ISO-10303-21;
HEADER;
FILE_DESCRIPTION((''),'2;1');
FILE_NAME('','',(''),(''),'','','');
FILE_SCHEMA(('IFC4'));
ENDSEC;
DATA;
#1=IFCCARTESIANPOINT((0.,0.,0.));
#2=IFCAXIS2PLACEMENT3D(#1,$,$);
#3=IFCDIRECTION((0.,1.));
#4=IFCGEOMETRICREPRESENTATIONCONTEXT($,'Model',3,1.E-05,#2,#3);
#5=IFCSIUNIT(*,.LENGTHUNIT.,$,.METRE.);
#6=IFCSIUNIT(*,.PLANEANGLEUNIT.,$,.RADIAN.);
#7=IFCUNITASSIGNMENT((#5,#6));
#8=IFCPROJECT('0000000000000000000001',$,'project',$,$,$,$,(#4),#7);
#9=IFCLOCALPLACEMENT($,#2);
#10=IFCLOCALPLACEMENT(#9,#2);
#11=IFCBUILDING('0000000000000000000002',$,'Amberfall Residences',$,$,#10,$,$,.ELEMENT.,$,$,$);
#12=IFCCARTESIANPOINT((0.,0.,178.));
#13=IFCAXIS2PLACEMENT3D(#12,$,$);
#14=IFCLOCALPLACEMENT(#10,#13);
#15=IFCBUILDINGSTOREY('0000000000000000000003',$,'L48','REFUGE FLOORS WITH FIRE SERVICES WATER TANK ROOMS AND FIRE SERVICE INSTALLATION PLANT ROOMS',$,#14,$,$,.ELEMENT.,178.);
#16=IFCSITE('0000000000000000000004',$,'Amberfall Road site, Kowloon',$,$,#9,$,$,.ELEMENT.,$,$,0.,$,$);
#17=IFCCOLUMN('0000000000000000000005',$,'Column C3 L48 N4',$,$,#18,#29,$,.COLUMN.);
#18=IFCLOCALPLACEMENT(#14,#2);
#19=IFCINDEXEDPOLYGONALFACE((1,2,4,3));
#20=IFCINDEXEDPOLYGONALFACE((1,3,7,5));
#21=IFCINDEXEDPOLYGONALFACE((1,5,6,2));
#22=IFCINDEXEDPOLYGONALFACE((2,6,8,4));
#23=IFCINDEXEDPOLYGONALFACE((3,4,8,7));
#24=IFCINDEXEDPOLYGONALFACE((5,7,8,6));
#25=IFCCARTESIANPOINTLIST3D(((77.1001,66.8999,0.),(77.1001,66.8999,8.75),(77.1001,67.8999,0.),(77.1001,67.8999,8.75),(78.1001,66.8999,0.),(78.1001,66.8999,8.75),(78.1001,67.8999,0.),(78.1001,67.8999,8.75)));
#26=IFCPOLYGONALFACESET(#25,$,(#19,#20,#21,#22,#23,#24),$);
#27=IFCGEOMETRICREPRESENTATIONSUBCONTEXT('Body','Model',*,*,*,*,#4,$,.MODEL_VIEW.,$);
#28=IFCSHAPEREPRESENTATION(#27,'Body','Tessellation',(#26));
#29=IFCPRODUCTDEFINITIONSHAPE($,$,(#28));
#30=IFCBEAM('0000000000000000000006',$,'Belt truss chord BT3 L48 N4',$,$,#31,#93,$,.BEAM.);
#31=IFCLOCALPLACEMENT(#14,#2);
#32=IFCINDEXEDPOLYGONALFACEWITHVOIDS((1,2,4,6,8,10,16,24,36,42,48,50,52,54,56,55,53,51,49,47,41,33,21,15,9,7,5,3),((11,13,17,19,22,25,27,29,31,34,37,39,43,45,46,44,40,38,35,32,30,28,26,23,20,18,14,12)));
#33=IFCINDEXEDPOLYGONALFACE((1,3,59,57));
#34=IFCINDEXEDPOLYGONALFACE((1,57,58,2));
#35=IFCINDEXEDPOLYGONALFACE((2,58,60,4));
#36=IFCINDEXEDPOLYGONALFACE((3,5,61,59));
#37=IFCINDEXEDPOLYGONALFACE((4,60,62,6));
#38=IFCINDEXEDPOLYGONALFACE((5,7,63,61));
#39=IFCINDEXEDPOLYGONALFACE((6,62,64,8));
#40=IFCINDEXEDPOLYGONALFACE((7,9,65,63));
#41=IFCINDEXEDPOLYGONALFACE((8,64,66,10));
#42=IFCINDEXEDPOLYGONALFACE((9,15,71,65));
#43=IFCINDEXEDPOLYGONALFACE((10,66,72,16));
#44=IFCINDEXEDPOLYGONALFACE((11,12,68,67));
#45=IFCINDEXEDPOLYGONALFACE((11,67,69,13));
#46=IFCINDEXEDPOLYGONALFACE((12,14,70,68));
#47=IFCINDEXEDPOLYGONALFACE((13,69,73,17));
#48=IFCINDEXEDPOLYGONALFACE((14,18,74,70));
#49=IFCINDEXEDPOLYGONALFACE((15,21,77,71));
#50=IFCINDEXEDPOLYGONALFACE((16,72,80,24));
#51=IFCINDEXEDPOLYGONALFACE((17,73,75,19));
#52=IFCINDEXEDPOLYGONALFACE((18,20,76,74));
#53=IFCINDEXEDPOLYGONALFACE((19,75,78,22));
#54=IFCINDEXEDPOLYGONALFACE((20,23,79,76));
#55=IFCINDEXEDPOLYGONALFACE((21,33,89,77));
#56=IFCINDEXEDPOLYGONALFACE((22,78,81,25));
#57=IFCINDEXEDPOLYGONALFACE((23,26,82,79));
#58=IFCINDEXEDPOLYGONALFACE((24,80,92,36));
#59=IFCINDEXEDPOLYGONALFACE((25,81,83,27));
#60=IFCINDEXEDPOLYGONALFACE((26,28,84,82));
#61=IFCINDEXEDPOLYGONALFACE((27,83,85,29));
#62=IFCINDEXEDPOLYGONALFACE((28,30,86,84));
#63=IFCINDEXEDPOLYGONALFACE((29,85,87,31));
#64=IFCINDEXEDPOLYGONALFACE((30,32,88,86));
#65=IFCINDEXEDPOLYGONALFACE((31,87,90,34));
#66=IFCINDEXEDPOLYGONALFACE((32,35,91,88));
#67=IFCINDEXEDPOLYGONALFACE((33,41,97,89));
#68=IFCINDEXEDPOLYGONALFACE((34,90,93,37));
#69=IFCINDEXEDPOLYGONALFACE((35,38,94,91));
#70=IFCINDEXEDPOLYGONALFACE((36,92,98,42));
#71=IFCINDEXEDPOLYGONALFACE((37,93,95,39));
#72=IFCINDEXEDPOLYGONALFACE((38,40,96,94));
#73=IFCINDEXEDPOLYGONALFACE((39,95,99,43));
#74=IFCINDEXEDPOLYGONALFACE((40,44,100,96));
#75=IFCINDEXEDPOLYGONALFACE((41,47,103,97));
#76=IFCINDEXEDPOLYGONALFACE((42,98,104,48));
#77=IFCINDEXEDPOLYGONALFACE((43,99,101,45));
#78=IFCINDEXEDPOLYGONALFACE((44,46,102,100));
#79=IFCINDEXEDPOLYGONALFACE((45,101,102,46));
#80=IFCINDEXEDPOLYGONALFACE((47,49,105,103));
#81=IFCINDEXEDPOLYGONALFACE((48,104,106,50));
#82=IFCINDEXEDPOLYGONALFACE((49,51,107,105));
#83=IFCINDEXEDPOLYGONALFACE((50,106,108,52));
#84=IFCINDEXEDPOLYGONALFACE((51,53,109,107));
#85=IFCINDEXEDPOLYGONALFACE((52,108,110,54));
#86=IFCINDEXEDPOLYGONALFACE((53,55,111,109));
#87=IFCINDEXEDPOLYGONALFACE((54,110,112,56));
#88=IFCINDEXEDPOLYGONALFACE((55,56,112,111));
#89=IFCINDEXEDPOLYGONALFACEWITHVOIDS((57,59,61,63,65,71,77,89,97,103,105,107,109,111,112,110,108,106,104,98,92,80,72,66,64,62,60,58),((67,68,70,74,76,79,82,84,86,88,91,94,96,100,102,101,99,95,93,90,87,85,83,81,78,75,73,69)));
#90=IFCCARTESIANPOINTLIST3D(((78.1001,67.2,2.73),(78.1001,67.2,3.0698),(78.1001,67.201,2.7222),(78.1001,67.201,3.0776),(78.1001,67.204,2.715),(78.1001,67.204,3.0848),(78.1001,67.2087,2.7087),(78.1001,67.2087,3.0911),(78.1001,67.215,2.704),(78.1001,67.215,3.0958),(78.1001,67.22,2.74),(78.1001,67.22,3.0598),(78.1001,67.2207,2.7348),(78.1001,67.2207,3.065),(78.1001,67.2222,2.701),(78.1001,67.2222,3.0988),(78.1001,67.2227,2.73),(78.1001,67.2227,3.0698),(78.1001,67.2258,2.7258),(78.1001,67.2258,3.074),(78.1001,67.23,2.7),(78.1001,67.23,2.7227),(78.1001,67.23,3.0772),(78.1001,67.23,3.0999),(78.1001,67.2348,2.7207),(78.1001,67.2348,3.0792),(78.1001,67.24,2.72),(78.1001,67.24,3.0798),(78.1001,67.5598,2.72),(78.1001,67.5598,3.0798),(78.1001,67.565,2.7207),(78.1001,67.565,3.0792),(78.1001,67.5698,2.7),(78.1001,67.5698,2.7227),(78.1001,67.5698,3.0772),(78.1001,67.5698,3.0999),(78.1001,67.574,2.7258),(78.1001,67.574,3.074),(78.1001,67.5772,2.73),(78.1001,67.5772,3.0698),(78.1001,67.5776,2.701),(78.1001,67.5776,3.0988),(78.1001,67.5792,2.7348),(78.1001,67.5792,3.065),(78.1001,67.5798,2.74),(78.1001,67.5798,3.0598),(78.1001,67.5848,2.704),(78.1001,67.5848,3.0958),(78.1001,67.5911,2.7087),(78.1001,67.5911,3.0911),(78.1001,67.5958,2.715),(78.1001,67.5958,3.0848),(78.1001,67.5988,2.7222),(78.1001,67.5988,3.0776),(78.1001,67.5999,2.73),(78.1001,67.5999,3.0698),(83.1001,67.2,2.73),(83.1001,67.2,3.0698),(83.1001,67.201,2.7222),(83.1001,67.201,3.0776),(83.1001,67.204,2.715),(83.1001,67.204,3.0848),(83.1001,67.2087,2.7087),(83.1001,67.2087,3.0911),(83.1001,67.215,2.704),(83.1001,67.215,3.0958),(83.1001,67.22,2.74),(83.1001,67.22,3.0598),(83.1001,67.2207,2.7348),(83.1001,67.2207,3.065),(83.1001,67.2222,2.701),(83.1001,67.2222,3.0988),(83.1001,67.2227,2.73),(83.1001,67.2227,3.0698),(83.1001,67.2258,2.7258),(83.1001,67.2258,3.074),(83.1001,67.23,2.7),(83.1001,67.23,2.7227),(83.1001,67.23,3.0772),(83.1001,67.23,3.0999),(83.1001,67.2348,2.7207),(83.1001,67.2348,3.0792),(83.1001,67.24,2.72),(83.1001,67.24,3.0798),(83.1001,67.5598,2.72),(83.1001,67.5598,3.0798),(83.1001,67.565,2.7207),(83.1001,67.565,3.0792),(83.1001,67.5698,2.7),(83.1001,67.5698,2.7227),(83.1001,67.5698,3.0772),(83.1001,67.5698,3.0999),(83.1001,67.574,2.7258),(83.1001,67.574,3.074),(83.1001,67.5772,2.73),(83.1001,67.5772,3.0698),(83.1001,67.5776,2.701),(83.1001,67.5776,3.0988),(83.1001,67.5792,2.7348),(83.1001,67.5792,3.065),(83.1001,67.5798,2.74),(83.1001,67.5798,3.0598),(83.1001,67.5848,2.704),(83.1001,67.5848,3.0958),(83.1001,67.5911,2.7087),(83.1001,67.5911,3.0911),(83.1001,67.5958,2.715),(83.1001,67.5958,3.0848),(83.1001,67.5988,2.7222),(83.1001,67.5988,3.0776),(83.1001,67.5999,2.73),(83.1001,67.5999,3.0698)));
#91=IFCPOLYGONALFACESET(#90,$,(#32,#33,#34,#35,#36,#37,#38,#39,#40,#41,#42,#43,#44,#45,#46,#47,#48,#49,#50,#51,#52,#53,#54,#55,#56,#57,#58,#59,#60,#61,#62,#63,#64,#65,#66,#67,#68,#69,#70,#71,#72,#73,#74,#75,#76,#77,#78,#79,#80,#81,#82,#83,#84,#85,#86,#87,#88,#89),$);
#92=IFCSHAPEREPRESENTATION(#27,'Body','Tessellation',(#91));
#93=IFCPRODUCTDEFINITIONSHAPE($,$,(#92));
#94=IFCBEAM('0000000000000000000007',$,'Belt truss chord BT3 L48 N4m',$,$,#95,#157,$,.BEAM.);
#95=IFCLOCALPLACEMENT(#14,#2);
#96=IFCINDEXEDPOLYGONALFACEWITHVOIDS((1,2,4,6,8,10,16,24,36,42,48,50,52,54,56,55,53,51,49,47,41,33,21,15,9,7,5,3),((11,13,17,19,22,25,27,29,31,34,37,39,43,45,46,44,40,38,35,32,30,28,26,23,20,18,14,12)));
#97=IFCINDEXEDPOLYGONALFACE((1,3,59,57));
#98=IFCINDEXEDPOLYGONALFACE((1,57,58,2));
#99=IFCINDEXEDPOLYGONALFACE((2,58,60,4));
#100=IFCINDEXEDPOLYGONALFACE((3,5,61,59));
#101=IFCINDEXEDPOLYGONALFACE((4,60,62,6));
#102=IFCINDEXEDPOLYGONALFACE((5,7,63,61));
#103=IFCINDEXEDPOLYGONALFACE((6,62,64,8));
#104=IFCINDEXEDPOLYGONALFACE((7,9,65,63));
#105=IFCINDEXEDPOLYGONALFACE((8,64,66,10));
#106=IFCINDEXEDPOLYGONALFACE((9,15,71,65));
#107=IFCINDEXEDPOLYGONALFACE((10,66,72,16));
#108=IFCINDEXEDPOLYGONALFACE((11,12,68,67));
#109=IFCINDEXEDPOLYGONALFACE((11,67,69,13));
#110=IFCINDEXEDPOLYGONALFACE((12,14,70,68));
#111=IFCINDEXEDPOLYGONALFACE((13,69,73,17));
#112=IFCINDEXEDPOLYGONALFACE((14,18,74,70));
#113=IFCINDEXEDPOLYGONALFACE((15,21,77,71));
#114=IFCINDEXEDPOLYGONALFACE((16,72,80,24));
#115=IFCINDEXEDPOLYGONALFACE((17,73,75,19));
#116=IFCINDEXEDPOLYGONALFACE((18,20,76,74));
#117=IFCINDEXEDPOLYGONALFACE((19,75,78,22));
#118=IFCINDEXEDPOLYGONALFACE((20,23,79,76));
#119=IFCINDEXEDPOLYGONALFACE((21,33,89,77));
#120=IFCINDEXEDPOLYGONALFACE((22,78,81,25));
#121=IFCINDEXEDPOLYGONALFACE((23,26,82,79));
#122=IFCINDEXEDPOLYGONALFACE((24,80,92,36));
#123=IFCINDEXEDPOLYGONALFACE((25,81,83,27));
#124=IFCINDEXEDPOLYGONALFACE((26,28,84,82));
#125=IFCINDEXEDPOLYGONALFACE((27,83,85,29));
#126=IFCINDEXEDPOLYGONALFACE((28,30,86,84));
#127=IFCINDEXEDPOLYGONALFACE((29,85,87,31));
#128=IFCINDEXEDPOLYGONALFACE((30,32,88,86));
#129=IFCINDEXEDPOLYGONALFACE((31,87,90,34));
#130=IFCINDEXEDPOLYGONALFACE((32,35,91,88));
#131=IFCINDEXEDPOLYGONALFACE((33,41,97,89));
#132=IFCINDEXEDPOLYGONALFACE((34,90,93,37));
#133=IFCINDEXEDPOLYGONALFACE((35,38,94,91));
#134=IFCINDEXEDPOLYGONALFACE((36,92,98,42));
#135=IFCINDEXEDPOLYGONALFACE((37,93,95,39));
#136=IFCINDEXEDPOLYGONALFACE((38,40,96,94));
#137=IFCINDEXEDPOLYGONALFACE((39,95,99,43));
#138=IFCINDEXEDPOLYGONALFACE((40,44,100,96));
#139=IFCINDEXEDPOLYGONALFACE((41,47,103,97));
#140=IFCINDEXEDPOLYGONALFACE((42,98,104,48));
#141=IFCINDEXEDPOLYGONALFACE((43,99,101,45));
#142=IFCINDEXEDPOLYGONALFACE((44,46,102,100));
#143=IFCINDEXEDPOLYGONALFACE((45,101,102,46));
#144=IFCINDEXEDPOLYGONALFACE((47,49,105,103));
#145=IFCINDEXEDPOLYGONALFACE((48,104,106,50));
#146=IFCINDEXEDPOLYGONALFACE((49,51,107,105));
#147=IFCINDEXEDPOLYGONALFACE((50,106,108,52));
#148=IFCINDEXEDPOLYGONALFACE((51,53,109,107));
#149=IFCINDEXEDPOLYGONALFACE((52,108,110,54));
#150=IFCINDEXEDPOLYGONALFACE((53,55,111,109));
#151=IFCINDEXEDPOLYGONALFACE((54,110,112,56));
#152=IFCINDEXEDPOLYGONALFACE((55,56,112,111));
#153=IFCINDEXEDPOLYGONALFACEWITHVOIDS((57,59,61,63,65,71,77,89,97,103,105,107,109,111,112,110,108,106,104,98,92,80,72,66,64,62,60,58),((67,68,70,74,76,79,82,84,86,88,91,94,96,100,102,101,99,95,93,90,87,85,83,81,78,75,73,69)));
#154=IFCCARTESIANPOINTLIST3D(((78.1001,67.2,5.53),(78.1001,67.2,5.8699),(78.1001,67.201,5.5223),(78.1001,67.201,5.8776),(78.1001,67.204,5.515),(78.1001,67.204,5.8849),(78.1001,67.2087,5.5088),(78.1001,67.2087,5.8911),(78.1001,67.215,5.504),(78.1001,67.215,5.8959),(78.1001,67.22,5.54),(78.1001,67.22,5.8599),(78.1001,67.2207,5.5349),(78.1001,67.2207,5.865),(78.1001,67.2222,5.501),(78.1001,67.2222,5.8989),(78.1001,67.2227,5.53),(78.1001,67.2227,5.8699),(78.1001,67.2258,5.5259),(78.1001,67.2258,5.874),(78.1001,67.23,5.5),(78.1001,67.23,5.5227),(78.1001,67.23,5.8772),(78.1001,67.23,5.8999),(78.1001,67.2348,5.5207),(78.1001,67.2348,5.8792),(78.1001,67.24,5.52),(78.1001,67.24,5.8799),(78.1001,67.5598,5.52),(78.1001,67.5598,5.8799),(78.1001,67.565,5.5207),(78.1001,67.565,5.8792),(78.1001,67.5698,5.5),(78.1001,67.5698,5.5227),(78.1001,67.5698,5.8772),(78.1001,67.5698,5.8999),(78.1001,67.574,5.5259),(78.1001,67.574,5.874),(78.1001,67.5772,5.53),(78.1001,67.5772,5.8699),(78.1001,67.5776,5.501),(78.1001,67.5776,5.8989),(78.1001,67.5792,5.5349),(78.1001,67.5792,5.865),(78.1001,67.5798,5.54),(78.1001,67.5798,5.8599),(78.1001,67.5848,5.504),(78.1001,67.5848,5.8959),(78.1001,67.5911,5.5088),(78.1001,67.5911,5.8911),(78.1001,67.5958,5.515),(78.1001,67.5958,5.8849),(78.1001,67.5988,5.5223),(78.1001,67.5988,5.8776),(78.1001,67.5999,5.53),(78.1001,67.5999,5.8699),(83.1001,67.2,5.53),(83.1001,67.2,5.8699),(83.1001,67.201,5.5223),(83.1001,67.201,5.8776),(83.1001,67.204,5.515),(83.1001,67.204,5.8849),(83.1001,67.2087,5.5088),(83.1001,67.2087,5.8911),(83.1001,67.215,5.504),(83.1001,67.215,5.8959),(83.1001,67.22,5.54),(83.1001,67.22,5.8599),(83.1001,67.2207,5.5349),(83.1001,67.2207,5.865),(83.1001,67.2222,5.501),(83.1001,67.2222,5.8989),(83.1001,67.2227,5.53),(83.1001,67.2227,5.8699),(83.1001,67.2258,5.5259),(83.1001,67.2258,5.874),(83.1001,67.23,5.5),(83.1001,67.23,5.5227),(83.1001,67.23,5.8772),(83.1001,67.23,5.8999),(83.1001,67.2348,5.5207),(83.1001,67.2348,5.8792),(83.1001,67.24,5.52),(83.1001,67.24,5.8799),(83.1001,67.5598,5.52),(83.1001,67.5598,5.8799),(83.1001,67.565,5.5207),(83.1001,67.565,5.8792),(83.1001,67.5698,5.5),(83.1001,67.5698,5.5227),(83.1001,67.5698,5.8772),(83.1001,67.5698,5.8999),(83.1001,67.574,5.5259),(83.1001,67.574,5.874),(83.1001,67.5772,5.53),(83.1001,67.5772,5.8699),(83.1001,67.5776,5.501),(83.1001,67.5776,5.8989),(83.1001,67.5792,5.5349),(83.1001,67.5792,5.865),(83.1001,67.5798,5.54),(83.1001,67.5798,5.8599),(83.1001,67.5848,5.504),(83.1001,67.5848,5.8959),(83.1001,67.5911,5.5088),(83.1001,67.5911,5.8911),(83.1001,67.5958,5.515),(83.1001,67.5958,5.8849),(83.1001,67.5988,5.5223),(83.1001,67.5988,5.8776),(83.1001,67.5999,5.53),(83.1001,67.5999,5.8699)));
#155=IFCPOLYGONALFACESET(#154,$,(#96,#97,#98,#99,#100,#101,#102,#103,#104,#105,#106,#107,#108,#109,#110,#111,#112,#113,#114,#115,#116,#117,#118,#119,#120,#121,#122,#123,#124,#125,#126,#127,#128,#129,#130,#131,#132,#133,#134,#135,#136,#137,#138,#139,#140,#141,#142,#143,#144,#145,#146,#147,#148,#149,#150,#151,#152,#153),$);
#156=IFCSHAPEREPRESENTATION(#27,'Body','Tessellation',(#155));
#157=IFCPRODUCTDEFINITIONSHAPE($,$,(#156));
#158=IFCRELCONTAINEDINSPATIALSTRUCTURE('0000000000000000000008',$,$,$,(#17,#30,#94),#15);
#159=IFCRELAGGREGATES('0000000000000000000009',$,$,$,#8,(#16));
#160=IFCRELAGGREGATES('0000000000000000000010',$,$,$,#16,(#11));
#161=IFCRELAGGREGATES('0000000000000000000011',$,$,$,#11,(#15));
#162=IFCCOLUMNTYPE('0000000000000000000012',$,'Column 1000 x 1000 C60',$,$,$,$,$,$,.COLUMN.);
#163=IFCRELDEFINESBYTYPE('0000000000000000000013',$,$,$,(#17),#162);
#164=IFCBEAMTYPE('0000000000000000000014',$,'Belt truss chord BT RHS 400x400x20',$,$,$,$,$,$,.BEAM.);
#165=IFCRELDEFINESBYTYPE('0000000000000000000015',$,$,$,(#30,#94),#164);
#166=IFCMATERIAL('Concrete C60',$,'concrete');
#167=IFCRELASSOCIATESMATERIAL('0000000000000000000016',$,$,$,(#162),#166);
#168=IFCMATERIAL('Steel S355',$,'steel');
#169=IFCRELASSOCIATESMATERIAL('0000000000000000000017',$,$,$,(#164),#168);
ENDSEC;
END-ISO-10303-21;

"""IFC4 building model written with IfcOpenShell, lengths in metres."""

from ifc_helpers import new_model, si_unit, direction, frame, origin, origin_2d, place, context, subcontext, project, spatial, rectangle, hollow_rectangle, extrude, material, material_profile, profile_set, type_object, element, save


model = new_model("IFC4")

# Units and contexts
model_context = context("Model", 3, precision=1e-05, world=origin(), true_north=direction((0.0, 1.0)))
body_context = subcontext(model_context, "Body", "Model", "MODEL_VIEW")
ifc_project = project(units=[si_unit("LENGTHUNIT", "METRE"), si_unit("PLANEANGLEUNIT", "RADIAN")], contexts=[model_context])

# Site, building, storey
site_placement = place(None, origin())
site = spatial("IfcSite", under=ifc_project, at=site_placement, Name="Amberfall Road site, Kowloon", CompositionType="ELEMENT", RefElevation=0.0)
building_placement = place(site_placement, origin())
building = spatial("IfcBuilding", under=site, at=building_placement, Name="Amberfall Residences", CompositionType="ELEMENT")
storey_placement = place(building_placement, frame((0.0, 0.0, 178.0)))
storey = spatial("IfcBuildingStorey", under=building, at=storey_placement, Name="L48", Description="REFUGE FLOORS WITH FIRE SERVICES WATER TANK ROOMS AND FIRE SERVICE INSTALLATION PLANT ROOMS", CompositionType="ELEMENT", Elevation=178.0)

# Column
ifc_material_1 = material(Name="Concrete C60", Category="concrete")
ifc_material_profile_1 = material_profile(ifc_material_1, rectangle(XDim=1.0, YDim=1.0, at=origin_2d()), Name="Column 1000 x 1000 C60")
ifc_profile_set_1 = profile_set([ifc_material_profile_1], Name="Concrete C60")
column_type = type_object("IfcColumnType", Name="Column 1000 x 1000 C60", PredefinedType="COLUMN", material=ifc_profile_set_1)
column_placement = place(storey_placement, frame((77.6001, 67.3999, 0.0), z_axis=(0.0, 0.0, 1.0), x_axis=(1.0, 0.0, 0.0)))
element("IfcColumn", 1, at=column_placement, inside=storey, type_object=column_type, Name="Column C3 L48 N4", PredefinedType="COLUMN", context=body_context, shape_type="SweptSolid", body=[
    extrude(rectangle(XDim=1.0, YDim=1.0, at=origin_2d()), origin(), (0.0, 0.0, 1.0), 8.75),
])

# Beams
ifc_material_2 = material(Name="Steel S355", Category="steel")
ifc_material_profile_2 = material_profile(ifc_material_2, hollow_rectangle(XDim=0.3999, YDim=0.3999, WallThickness=0.02, InnerFilletRadius=0.02, OuterFilletRadius=0.03, at=origin_2d()), Name="RHS 400x400x20")
ifc_profile_set_2 = profile_set([ifc_material_profile_2], Name="Steel S355")
beam_type_1 = type_object("IfcBeamType", Name="Belt truss chord BT RHS 400x400x20", PredefinedType="BEAM", material=ifc_profile_set_2)
for number, where, z_axis, x_axis, name in (
    (2, (78.1001, 67.3999, 2.8999), (1.0, 0.0, 0.0), (0.0, 1.0, 0.0), "Belt truss chord BT3 L48 N4"),
    (3, (78.1001, 67.3999, 5.7), (1.0, 0.0, 0.0), (0.0, 1.0, 0.0), "Belt truss chord BT3 L48 N4m"),
):
    element("IfcBeam", number, at=place(storey_placement, frame(where, z_axis=z_axis, x_axis=x_axis)), inside=storey, type_object=beam_type_1, Name=name, PredefinedType="BEAM", context=body_context, shape_type="SweptSolid", body=[
        extrude(hollow_rectangle(XDim=0.3999, YDim=0.3999, WallThickness=0.02, InnerFilletRadius=0.02, OuterFilletRadius=0.03, at=origin_2d()), origin(), (0.0, 0.0, 1.0), 5.0),
    ])

save(model, "model.ifc")
